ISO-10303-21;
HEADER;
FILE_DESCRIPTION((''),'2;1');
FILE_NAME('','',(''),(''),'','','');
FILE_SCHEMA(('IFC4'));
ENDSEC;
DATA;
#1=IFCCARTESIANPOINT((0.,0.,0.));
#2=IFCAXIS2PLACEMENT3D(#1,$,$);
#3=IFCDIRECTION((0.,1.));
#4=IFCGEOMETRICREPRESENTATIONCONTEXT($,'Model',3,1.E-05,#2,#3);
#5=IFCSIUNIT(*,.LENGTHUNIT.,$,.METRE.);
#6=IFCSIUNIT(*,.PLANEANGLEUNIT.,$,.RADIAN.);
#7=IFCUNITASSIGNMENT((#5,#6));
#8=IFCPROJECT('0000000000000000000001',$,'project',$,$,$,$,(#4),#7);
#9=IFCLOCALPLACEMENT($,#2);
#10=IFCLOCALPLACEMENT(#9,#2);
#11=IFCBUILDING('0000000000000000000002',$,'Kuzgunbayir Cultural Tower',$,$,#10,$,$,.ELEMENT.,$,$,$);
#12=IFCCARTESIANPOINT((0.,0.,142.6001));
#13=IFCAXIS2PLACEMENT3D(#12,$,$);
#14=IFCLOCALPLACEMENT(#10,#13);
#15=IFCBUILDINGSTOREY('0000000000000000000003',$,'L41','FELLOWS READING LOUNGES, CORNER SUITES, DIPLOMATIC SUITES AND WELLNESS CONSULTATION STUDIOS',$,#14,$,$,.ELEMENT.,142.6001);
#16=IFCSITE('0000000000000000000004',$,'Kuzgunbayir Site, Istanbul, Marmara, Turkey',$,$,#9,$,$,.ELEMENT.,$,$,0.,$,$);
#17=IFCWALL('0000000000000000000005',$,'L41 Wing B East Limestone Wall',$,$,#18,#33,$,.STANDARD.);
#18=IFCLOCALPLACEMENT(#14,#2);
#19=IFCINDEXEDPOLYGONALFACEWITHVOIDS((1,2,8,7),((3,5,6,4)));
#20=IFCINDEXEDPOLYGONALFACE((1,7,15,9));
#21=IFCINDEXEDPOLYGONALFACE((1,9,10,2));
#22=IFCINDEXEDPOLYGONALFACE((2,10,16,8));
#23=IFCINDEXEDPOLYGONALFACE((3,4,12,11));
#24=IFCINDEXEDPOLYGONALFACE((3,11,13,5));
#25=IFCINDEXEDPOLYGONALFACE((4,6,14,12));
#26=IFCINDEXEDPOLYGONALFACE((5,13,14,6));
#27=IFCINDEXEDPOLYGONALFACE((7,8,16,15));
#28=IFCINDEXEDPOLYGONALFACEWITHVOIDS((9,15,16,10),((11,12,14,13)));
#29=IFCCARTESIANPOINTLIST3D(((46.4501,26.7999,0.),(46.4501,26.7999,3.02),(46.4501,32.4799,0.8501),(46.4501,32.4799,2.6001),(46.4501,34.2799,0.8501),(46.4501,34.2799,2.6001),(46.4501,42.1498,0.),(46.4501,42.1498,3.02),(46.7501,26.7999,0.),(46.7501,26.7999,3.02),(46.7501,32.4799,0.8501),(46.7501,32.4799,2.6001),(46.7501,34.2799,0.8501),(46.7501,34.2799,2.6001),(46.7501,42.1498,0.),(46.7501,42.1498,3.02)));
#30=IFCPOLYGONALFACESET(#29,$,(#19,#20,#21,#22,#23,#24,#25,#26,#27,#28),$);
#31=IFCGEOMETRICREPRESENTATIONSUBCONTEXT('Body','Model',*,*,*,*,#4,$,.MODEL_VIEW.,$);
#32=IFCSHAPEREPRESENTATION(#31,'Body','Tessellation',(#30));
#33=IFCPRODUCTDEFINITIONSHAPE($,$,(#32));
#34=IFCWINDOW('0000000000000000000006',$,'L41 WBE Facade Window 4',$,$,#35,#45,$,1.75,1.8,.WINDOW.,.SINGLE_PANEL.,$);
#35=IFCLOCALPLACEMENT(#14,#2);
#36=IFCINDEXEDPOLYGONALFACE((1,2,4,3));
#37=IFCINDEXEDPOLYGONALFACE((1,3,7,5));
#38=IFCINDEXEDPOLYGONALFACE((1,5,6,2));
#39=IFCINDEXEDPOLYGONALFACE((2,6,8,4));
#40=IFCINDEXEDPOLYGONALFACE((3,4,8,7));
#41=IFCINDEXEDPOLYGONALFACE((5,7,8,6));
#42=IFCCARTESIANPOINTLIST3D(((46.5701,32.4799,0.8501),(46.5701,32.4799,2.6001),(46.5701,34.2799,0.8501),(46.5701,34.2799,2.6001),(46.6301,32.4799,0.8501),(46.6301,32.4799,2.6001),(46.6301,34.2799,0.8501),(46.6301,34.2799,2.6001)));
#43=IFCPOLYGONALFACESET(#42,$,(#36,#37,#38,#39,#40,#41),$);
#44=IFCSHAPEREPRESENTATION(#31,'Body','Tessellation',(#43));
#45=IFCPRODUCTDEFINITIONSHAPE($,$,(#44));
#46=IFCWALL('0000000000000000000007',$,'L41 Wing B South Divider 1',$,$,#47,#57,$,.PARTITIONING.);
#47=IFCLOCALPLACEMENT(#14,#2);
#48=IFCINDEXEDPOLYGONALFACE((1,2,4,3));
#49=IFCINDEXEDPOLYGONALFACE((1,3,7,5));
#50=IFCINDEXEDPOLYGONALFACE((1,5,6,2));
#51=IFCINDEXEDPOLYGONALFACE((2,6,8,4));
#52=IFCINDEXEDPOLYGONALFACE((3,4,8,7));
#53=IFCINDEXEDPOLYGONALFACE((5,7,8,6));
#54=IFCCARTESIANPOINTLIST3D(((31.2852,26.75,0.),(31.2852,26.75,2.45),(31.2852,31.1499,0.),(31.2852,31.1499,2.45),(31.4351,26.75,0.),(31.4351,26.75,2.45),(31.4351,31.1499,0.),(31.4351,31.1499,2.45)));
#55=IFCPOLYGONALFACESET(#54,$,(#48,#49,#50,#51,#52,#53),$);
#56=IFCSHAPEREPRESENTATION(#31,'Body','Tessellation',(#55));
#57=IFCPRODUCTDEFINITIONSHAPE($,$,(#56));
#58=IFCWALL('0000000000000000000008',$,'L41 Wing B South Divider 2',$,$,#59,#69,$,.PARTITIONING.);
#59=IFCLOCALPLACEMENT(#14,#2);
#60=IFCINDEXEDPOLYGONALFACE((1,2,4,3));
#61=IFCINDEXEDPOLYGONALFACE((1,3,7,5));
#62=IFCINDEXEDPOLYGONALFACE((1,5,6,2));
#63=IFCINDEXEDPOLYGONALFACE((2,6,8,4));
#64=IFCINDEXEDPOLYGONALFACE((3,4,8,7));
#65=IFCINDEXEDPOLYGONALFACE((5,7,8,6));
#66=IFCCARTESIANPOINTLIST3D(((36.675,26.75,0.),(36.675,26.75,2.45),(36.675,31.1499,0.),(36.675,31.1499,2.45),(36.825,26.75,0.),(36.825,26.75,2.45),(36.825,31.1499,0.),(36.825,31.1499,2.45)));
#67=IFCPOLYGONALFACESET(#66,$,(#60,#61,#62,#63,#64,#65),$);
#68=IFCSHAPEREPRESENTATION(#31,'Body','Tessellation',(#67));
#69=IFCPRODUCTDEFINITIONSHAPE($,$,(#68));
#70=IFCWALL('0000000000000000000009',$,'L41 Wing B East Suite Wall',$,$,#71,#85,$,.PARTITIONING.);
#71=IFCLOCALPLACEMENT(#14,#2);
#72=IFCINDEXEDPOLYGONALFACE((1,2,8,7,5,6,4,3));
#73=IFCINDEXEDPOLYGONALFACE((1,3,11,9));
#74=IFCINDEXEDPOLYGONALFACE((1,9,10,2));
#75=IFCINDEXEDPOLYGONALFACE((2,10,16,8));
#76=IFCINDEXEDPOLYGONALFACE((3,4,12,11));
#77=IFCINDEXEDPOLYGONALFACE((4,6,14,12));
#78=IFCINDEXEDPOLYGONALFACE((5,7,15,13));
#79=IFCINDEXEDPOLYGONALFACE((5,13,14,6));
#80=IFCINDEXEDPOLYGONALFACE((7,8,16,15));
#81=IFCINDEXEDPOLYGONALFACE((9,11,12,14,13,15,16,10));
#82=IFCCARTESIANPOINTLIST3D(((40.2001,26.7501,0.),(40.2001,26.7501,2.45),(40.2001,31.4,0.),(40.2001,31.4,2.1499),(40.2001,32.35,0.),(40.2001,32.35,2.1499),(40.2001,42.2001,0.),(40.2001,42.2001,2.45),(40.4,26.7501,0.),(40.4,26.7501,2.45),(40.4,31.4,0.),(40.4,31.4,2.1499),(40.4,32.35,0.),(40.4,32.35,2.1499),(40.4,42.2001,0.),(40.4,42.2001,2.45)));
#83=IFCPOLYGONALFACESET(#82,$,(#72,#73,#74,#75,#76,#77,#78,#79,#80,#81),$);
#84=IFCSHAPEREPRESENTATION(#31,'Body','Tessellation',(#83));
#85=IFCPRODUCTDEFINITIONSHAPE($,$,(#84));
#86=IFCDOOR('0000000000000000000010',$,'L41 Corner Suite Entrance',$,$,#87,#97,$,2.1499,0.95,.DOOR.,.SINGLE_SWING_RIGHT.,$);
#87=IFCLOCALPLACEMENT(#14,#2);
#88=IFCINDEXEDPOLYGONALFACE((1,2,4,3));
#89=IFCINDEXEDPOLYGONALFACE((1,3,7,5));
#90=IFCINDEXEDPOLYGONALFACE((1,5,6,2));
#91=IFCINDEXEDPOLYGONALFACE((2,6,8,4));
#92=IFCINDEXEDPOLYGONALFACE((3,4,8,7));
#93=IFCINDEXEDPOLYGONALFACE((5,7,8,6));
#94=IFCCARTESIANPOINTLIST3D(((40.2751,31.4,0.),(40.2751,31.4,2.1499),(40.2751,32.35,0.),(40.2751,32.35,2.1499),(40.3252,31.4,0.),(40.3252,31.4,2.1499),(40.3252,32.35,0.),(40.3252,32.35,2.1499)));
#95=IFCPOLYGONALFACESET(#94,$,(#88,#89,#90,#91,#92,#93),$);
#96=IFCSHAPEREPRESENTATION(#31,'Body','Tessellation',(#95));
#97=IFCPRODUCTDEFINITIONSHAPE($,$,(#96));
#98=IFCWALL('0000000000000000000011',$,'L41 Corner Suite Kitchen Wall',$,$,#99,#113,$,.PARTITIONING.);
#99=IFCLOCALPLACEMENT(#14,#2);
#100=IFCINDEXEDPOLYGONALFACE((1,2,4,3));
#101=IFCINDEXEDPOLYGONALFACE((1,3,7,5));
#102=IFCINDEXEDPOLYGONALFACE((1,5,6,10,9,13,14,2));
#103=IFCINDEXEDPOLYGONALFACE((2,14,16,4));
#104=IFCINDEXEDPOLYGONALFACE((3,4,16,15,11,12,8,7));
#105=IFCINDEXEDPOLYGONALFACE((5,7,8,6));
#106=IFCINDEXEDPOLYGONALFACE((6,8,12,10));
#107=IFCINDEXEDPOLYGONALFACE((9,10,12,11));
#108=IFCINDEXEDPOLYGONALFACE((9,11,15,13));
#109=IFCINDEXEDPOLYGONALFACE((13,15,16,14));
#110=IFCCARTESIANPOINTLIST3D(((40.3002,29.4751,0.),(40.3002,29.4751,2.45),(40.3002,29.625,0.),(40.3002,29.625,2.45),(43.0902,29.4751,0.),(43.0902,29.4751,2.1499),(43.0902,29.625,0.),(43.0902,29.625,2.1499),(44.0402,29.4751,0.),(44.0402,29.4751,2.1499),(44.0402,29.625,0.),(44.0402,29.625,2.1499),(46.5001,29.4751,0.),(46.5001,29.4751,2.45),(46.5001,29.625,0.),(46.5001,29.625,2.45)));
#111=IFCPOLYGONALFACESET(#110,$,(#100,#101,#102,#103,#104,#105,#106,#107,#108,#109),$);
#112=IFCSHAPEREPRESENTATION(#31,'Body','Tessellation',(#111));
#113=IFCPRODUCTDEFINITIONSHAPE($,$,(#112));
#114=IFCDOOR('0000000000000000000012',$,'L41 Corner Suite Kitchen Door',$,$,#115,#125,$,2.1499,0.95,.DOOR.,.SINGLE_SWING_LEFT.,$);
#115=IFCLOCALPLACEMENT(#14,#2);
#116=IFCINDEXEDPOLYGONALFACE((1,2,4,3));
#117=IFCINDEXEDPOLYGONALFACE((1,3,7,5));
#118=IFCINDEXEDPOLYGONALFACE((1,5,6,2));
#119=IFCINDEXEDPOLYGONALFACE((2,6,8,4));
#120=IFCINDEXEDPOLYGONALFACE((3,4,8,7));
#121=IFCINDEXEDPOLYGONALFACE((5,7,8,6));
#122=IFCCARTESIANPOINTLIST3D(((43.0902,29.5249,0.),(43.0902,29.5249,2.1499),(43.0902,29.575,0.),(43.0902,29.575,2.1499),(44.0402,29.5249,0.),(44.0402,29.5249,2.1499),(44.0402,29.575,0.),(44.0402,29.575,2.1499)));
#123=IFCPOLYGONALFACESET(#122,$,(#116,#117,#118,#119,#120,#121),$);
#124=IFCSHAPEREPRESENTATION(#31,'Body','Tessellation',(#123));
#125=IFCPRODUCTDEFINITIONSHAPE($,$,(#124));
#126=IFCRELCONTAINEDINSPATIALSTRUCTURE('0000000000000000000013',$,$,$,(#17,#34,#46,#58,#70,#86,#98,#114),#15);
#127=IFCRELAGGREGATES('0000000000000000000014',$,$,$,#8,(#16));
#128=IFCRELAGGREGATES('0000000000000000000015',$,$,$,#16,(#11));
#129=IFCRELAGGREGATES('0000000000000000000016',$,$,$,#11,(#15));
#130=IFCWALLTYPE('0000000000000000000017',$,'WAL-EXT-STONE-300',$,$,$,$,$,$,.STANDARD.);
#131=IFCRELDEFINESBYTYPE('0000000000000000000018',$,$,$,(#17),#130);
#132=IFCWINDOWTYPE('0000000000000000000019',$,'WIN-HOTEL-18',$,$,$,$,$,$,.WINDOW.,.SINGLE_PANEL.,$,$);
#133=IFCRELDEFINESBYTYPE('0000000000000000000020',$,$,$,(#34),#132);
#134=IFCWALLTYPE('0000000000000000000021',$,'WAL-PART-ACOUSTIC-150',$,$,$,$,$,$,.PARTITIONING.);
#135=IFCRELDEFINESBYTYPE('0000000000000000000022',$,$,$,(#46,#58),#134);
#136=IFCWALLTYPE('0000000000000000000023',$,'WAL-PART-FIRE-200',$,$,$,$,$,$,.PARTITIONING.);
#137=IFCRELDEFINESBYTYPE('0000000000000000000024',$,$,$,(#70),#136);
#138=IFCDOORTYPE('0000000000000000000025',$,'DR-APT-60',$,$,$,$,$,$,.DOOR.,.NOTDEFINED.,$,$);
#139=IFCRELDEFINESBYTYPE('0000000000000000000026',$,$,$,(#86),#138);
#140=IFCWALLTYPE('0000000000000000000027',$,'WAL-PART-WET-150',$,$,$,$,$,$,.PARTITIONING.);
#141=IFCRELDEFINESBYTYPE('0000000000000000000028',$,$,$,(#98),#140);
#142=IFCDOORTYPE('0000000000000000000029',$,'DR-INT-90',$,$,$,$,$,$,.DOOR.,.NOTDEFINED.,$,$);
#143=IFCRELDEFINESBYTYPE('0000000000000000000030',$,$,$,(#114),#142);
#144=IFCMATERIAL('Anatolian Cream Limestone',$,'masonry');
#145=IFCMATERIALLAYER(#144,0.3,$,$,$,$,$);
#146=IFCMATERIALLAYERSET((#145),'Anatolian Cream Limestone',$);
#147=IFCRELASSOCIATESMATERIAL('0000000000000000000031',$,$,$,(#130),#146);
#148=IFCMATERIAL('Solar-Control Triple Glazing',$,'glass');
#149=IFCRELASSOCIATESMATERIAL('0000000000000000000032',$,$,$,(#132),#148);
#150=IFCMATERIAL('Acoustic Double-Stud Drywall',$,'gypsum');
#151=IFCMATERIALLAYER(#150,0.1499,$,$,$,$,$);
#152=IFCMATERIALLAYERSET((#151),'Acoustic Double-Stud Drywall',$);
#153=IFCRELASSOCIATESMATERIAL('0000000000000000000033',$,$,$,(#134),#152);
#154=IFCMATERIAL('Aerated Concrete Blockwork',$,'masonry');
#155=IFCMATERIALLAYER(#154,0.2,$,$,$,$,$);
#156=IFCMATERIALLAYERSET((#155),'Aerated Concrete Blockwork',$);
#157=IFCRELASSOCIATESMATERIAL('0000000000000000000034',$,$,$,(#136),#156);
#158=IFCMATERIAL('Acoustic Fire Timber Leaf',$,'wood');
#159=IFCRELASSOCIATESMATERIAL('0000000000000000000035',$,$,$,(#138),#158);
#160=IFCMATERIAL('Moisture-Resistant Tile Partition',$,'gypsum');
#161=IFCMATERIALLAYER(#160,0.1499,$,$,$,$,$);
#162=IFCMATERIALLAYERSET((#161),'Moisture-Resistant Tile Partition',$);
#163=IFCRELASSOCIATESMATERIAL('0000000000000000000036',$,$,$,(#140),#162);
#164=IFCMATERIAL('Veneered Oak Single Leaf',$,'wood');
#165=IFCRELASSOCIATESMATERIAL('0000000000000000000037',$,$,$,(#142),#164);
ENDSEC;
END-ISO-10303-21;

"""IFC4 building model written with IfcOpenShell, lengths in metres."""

from ifc_helpers import new_model, si_unit, direction, frame, frame_2d, origin, place, context, subcontext, project, spatial, rectangle, extrude, material, layer, layer_set, type_object, element, fill, save


model = new_model("IFC4")

# Units and contexts
model_context = context("Model", 3, precision=1e-05, world=origin(), true_north=direction((0.0, 1.0)))
body_context = subcontext(model_context, "Body", "Model", "MODEL_VIEW")
ifc_project = project(units=[si_unit("LENGTHUNIT", "METRE"), si_unit("PLANEANGLEUNIT", "RADIAN")], contexts=[model_context])

# Site, building, storey
site_placement = place(None, origin())
site = spatial("IfcSite", under=ifc_project, at=site_placement, Name="Kuzgunbayir Site, Istanbul, Marmara, Turkey", CompositionType="ELEMENT", RefElevation=0.0)
building_placement = place(site_placement, origin())
building = spatial("IfcBuilding", under=site, at=building_placement, Name="Kuzgunbayir Cultural Tower", CompositionType="ELEMENT")
storey_placement = place(building_placement, frame((0.0, 0.0, 142.6001)))
storey = spatial("IfcBuildingStorey", under=building, at=storey_placement, Name="L41", Description="FELLOWS READING LOUNGES, CORNER SUITES, DIPLOMATIC SUITES AND WELLNESS CONSULTATION STUDIOS", CompositionType="ELEMENT", Elevation=142.6001)

# Wall, opening, window
ifc_material_1 = material(Name="Anatolian Cream Limestone", Category="masonry")
ifc_layer_1 = layer(ifc_material_1, 0.3)
ifc_layer_set_1 = layer_set([ifc_layer_1], Name="Anatolian Cream Limestone")
wall_type_1 = type_object("IfcWallType", Name="WAL-EXT-STONE-300", PredefinedType="STANDARD", material=ifc_layer_set_1)
wall_1_placement = place(storey_placement, frame((46.6001, 26.8, 0.0), z_axis=(0.0, 0.0, 1.0), x_axis=(0.0, 1.0, 0.0)))
wall_1 = element("IfcWall", 1, at=wall_1_placement, inside=storey, type_object=wall_type_1, Name="L41 Wing B East Limestone Wall", PredefinedType="STANDARD", context=body_context, shape_type="SweptSolid", body=[
    extrude(rectangle(XDim=15.3499, YDim=0.3, at=frame_2d((7.6748, 0.0))), origin(), (0.0, 0.0, 1.0), 3.02),
])
opening_1_placement = place(wall_1_placement, frame((5.6799, 0.0, 0.8501)))
opening_1 = element("IfcOpeningElement", 2, at=opening_1_placement, cuts=wall_1, PredefinedType="OPENING", context=body_context, shape_type="SweptSolid", body=[
    extrude(rectangle(XDim=1.8, YDim=1.75, at=frame_2d((0.8999, 0.875))), frame((0.0, 0.1602, 0.0), z_axis=(0.0, -1.0, 0.0), x_axis=(1.0, 0.0, 0.0)), (0.0, 0.0, 1.0), 0.3201),
])
ifc_material_2 = material(Name="Solar-Control Triple Glazing", Category="glass")
window_type = type_object("IfcWindowType", Name="WIN-HOTEL-18", PartitioningType="SINGLE_PANEL", PredefinedType="WINDOW", material=ifc_material_2)
window_placement = place(opening_1_placement, origin())
window = element("IfcWindow", 3, at=window_placement, inside=storey, type_object=window_type, Name="L41 WBE Facade Window 4", OverallHeight=1.75, OverallWidth=1.8, PartitioningType="SINGLE_PANEL", PredefinedType="WINDOW", context=body_context, shape_type="SweptSolid", body=[
    extrude(rectangle(XDim=1.8, YDim=1.75, at=frame_2d((0.8999, 0.875))), frame((0.0, 0.03, 0.0), z_axis=(0.0, -1.0, 0.0), x_axis=(1.0, 0.0, 0.0)), (0.0, 0.0, 1.0), 0.0601),
])
fill(opening_1, window)

# Walls
ifc_material_3 = material(Name="Acoustic Double-Stud Drywall", Category="gypsum")
ifc_layer_2 = layer(ifc_material_3, 0.1499)
ifc_layer_set_2 = layer_set([ifc_layer_2], Name="Acoustic Double-Stud Drywall")
wall_type_2 = type_object("IfcWallType", Name="WAL-PART-ACOUSTIC-150", PredefinedType="PARTITIONING", material=ifc_layer_set_2)
for number, where, z_axis, x_axis, name in (
    (4, (31.3601, 26.75, 0.0), (0.0, 0.0, 1.0), (0.0, 1.0, 0.0), "L41 Wing B South Divider 1"),
    (5, (36.75, 26.75, 0.0), (0.0, 0.0, 1.0), (0.0, 1.0, 0.0), "L41 Wing B South Divider 2"),
):
    element("IfcWall", number, at=place(storey_placement, frame(where, z_axis=z_axis, x_axis=x_axis)), inside=storey, type_object=wall_type_2, Name=name, PredefinedType="PARTITIONING", context=body_context, shape_type="SweptSolid", body=[
        extrude(rectangle(XDim=4.3999, YDim=0.1499, at=frame_2d((2.2, 0.0))), origin(), (0.0, 0.0, 1.0), 2.45),
    ])

# Walls, openings, doors
ifc_material_4 = material(Name="Aerated Concrete Blockwork", Category="masonry")
ifc_layer_3 = layer(ifc_material_4, 0.2)
ifc_layer_set_3 = layer_set([ifc_layer_3], Name="Aerated Concrete Blockwork")
wall_type_3 = type_object("IfcWallType", Name="WAL-PART-FIRE-200", PredefinedType="PARTITIONING", material=ifc_layer_set_3)
wall_2_placement = place(storey_placement, frame((40.3, 26.75, 0.0), z_axis=(0.0, 0.0, 1.0), x_axis=(0.0, 1.0, 0.0)))
wall_2 = element("IfcWall", 6, at=wall_2_placement, inside=storey, type_object=wall_type_3, Name="L41 Wing B East Suite Wall", PredefinedType="PARTITIONING", context=body_context, shape_type="SweptSolid", body=[
    extrude(rectangle(XDim=15.45, YDim=0.2, at=frame_2d((7.7251, 0.0))), origin(), (0.0, 0.0, 1.0), 2.45),
])
opening_2_placement = place(wall_2_placement, frame((4.6499, 0.0, 0.0)))
opening_2 = element("IfcOpeningElement", 7, at=opening_2_placement, cuts=wall_2, PredefinedType="OPENING", context=body_context, shape_type="SweptSolid", body=[
    extrude(rectangle(XDim=0.95, YDim=2.1499, at=frame_2d((0.4751, 1.075))), frame((0.0, 0.1099, 0.0), z_axis=(0.0, -1.0, 0.0), x_axis=(1.0, 0.0, 0.0)), (0.0, 0.0, 1.0), 0.22),
])
ifc_material_5 = material(Name="Acoustic Fire Timber Leaf", Category="wood")
door_type_1 = type_object("IfcDoorType", Name="DR-APT-60", OperationType="NOTDEFINED", PredefinedType="DOOR", material=ifc_material_5)
door_1_placement = place(opening_2_placement, origin())
door_1 = element("IfcDoor", 8, at=door_1_placement, inside=storey, type_object=door_type_1, Name="L41 Corner Suite Entrance", OperationType="SINGLE_SWING_RIGHT", OverallHeight=2.1499, OverallWidth=0.95, PredefinedType="DOOR", context=body_context, shape_type="SweptSolid", body=[
    extrude(rectangle(XDim=0.95, YDim=2.1499, at=frame_2d((0.4751, 1.075))), frame((0.0, 0.0249, 0.0), z_axis=(0.0, -1.0, 0.0), x_axis=(1.0, 0.0, 0.0)), (0.0, 0.0, 1.0), 0.05),
])
fill(opening_2, door_1)
ifc_material_6 = material(Name="Moisture-Resistant Tile Partition", Category="gypsum")
ifc_layer_4 = layer(ifc_material_6, 0.1499)
ifc_layer_set_4 = layer_set([ifc_layer_4], Name="Moisture-Resistant Tile Partition")
wall_type_4 = type_object("IfcWallType", Name="WAL-PART-WET-150", PredefinedType="PARTITIONING", material=ifc_layer_set_4)
wall_3_placement = place(storey_placement, frame((40.3, 29.55, 0.0), z_axis=(0.0, 0.0, 1.0), x_axis=(1.0, 0.0, 0.0)))
wall_3 = element("IfcWall", 9, at=wall_3_placement, inside=storey, type_object=wall_type_4, Name="L41 Corner Suite Kitchen Wall", PredefinedType="PARTITIONING", context=body_context, shape_type="SweptSolid", body=[
    extrude(rectangle(XDim=6.2, YDim=0.1499, at=frame_2d((3.1001, 0.0))), origin(), (0.0, 0.0, 1.0), 2.45),
])
opening_3_placement = place(wall_3_placement, frame((2.79, 0.0, 0.0)))
opening_3 = element("IfcOpeningElement", 10, at=opening_3_placement, cuts=wall_3, PredefinedType="OPENING", context=body_context, shape_type="SweptSolid", body=[
    extrude(rectangle(XDim=0.95, YDim=2.1499, at=frame_2d((0.4751, 1.075))), frame((0.0, 0.085, 0.0), z_axis=(0.0, -1.0, 0.0), x_axis=(1.0, 0.0, 0.0)), (0.0, 0.0, 1.0), 0.1699),
])
ifc_material_7 = material(Name="Veneered Oak Single Leaf", Category="wood")
door_type_2 = type_object("IfcDoorType", Name="DR-INT-90", OperationType="NOTDEFINED", PredefinedType="DOOR", material=ifc_material_7)
door_2_placement = place(opening_3_placement, origin())
door_2 = element("IfcDoor", 11, at=door_2_placement, inside=storey, type_object=door_type_2, Name="L41 Corner Suite Kitchen Door", OperationType="SINGLE_SWING_LEFT", OverallHeight=2.1499, OverallWidth=0.95, PredefinedType="DOOR", context=body_context, shape_type="SweptSolid", body=[
    extrude(rectangle(XDim=0.95, YDim=2.1499, at=frame_2d((0.4751, 1.075))), frame((0.0, 0.0249, 0.0), z_axis=(0.0, -1.0, 0.0), x_axis=(1.0, 0.0, 0.0)), (0.0, 0.0, 1.0), 0.05),
])
fill(opening_3, door_2)

save(model, "model.ifc")
